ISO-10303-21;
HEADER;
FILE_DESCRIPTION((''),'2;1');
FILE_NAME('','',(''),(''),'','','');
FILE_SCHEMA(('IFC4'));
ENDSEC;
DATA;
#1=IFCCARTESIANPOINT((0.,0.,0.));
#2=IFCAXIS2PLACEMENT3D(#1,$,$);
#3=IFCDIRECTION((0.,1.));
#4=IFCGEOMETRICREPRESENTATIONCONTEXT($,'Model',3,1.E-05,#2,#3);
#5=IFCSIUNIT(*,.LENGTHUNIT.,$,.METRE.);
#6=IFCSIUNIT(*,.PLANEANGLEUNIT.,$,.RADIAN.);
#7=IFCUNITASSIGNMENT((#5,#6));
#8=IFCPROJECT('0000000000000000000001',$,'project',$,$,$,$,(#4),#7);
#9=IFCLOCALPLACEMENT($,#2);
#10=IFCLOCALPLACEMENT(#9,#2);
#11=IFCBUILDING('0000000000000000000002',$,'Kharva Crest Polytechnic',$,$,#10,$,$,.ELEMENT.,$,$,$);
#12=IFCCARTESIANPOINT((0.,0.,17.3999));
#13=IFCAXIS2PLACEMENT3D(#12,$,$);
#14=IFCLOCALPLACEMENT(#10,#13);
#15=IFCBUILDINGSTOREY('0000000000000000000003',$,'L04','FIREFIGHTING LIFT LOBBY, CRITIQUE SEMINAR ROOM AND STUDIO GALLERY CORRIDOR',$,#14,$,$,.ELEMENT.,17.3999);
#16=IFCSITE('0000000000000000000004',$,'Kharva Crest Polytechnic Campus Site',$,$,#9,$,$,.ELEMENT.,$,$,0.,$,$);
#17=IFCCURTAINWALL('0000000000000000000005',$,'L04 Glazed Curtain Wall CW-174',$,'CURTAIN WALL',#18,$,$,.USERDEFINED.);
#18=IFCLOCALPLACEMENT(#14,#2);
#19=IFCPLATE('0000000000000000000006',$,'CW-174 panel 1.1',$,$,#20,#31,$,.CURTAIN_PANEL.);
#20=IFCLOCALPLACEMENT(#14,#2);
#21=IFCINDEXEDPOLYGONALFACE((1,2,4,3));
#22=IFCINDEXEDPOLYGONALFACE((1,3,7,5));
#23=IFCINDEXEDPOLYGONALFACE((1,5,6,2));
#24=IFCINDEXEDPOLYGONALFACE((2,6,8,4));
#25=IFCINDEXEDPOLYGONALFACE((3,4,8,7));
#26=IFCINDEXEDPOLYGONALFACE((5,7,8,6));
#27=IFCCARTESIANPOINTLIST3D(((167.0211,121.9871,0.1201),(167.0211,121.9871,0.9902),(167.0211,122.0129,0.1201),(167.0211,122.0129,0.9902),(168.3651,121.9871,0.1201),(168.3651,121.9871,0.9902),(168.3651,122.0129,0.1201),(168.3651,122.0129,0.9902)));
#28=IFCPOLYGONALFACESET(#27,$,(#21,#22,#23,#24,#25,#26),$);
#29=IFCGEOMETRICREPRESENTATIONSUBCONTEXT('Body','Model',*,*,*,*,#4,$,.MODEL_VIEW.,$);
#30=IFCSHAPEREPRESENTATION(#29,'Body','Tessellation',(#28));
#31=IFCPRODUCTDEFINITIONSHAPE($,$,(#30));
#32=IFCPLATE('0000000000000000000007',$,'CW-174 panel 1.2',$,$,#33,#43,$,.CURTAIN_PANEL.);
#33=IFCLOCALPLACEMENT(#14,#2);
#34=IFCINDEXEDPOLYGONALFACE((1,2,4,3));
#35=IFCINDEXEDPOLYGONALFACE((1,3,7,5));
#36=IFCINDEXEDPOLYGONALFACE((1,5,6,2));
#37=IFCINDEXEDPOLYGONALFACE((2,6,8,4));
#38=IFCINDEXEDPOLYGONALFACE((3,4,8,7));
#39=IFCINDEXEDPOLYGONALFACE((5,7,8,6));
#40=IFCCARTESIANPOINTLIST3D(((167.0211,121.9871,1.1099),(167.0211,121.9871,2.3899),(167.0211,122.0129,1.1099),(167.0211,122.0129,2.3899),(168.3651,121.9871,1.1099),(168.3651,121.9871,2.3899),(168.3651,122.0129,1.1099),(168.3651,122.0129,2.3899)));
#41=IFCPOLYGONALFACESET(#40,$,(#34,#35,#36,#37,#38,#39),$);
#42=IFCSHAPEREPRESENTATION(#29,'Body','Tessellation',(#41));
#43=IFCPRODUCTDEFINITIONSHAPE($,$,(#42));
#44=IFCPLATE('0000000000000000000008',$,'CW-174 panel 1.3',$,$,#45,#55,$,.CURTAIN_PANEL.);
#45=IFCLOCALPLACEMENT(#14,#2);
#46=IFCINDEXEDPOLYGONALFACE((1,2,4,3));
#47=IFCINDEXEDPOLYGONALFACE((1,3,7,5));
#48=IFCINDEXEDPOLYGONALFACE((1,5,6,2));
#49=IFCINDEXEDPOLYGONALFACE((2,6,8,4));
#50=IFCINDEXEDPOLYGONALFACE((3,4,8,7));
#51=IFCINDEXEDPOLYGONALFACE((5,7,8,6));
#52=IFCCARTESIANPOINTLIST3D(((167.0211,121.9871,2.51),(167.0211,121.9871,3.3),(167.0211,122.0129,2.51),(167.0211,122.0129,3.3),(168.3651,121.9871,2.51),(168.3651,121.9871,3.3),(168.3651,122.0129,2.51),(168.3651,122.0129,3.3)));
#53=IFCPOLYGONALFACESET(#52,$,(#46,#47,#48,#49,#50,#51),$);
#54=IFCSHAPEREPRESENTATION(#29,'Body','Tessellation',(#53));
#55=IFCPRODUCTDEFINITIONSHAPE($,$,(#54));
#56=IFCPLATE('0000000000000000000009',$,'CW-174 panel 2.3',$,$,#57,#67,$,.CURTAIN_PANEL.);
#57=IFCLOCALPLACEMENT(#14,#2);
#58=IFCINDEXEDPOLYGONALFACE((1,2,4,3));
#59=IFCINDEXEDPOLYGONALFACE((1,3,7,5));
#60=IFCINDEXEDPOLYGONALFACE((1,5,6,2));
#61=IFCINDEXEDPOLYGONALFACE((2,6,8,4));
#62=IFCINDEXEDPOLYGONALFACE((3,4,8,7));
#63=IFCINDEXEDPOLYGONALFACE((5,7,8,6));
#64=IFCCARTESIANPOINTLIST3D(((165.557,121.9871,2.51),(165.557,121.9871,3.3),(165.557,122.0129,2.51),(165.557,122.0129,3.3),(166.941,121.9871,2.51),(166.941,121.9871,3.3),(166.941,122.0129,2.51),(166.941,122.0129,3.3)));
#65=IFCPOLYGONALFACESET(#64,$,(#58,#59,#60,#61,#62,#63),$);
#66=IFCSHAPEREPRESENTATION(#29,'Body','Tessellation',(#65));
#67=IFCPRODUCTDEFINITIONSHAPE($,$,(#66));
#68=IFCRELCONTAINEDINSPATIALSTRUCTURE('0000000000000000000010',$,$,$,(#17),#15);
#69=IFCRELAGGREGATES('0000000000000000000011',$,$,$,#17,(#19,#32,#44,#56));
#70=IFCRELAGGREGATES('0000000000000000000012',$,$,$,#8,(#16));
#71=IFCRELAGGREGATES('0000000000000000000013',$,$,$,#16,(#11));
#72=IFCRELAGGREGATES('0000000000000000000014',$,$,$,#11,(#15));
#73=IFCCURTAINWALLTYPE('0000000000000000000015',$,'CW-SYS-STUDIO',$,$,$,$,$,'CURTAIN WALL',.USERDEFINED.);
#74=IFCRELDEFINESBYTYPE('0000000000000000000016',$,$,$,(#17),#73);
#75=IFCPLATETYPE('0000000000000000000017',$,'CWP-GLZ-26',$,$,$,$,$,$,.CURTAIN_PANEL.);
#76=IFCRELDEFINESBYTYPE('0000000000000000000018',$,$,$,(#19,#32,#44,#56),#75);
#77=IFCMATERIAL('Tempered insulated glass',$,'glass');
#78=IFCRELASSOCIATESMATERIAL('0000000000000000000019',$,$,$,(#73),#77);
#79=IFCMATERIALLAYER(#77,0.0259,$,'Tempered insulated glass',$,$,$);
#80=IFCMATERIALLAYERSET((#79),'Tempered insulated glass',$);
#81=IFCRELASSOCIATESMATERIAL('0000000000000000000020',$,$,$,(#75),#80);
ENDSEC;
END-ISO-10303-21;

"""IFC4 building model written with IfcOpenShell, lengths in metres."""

from ifc_helpers import new_model, si_unit, direction, frame, origin, origin_2d, place, context, subcontext, project, spatial, rectangle, extrude, material, layer, layer_set, type_object, element, aggregate, save


model = new_model("IFC4")

# Units and contexts
model_context = context("Model", 3, precision=1e-05, world=origin(), true_north=direction((0.0, 1.0)))
body_context = subcontext(model_context, "Body", "Model", "MODEL_VIEW")
ifc_project = project(units=[si_unit("LENGTHUNIT", "METRE"), si_unit("PLANEANGLEUNIT", "RADIAN")], contexts=[model_context])

# Site, building, storey
site_placement = place(None, origin())
site = spatial("IfcSite", under=ifc_project, at=site_placement, Name="Kharva Crest Polytechnic Campus Site", CompositionType="ELEMENT", RefElevation=0.0)
building_placement = place(site_placement, origin())
building = spatial("IfcBuilding", under=site, at=building_placement, Name="Kharva Crest Polytechnic", CompositionType="ELEMENT")
storey_placement = place(building_placement, frame((0.0, 0.0, 17.3999)))
storey = spatial("IfcBuildingStorey", under=building, at=storey_placement, Name="L04", Description="FIREFIGHTING LIFT LOBBY, CRITIQUE SEMINAR ROOM AND STUDIO GALLERY CORRIDOR", CompositionType="ELEMENT", Elevation=17.3999)

# Curtain wall
ifc_material_1 = material(Name="Tempered insulated glass", Category="glass")
curtain_wall_type = type_object("IfcCurtainWallType", Name="CW-SYS-STUDIO", ElementType="CURTAIN WALL", PredefinedType="USERDEFINED", material=ifc_material_1)
curtain_wall_1_placement = place(storey_placement, origin())
curtain_wall_1 = element("IfcCurtainWall", 1, at=curtain_wall_1_placement, inside=storey, type_object=curtain_wall_type, Name="L04 Glazed Curtain Wall CW-174", ObjectType="CURTAIN WALL", PredefinedType="USERDEFINED")

# Plates
ifc_layer = layer(ifc_material_1, 0.0259, Name="Tempered insulated glass")
ifc_layer_set = layer_set([ifc_layer], Name="Tempered insulated glass")
plate_type = type_object("IfcPlateType", Name="CWP-GLZ-26", PredefinedType="CURTAIN_PANEL", material=ifc_layer_set)
plate_1_placement = place(storey_placement, frame((167.6931, 122.0, 0.1201), z_axis=(0.0, 0.0, 1.0), x_axis=(-1.0, 0.0, 0.0)))
plate_1 = element("IfcPlate", 2, at=plate_1_placement, type_object=plate_type, Name="CW-174 panel 1.1", PredefinedType="CURTAIN_PANEL", context=body_context, shape_type="SweptSolid", body=[
    extrude(rectangle(XDim=1.344, YDim=0.0259, at=origin_2d()), origin(), (0.0, 0.0, 1.0), 0.8701),
])
plate_2_placement = place(storey_placement, frame((167.6931, 122.0, 1.1099), z_axis=(0.0, 0.0, 1.0), x_axis=(-1.0, 0.0, 0.0)))
plate_2 = element("IfcPlate", 3, at=plate_2_placement, type_object=plate_type, Name="CW-174 panel 1.2", PredefinedType="CURTAIN_PANEL", context=body_context, shape_type="SweptSolid", body=[
    extrude(rectangle(XDim=1.344, YDim=0.0259, at=origin_2d()), origin(), (0.0, 0.0, 1.0), 1.28),
])
plate_3_placement = place(storey_placement, frame((167.6931, 122.0, 2.51), z_axis=(0.0, 0.0, 1.0), x_axis=(-1.0, 0.0, 0.0)))
plate_3 = element("IfcPlate", 4, at=plate_3_placement, type_object=plate_type, Name="CW-174 panel 1.3", PredefinedType="CURTAIN_PANEL", context=body_context, shape_type="SweptSolid", body=[
    extrude(rectangle(XDim=1.344, YDim=0.0259, at=origin_2d()), origin(), (0.0, 0.0, 1.0), 0.79),
])
plate_4_placement = place(storey_placement, frame((166.249, 122.0, 2.51), z_axis=(0.0, 0.0, 1.0), x_axis=(-1.0, 0.0, 0.0)))
plate_4 = element("IfcPlate", 5, at=plate_4_placement, type_object=plate_type, Name="CW-174 panel 2.3", PredefinedType="CURTAIN_PANEL", context=body_context, shape_type="SweptSolid", body=[
    extrude(rectangle(XDim=1.384, YDim=0.0259, at=origin_2d()), origin(), (0.0, 0.0, 1.0), 0.79),
])
aggregate(curtain_wall_1, [plate_1, plate_2, plate_3, plate_4])

save(model, "model.ifc")
